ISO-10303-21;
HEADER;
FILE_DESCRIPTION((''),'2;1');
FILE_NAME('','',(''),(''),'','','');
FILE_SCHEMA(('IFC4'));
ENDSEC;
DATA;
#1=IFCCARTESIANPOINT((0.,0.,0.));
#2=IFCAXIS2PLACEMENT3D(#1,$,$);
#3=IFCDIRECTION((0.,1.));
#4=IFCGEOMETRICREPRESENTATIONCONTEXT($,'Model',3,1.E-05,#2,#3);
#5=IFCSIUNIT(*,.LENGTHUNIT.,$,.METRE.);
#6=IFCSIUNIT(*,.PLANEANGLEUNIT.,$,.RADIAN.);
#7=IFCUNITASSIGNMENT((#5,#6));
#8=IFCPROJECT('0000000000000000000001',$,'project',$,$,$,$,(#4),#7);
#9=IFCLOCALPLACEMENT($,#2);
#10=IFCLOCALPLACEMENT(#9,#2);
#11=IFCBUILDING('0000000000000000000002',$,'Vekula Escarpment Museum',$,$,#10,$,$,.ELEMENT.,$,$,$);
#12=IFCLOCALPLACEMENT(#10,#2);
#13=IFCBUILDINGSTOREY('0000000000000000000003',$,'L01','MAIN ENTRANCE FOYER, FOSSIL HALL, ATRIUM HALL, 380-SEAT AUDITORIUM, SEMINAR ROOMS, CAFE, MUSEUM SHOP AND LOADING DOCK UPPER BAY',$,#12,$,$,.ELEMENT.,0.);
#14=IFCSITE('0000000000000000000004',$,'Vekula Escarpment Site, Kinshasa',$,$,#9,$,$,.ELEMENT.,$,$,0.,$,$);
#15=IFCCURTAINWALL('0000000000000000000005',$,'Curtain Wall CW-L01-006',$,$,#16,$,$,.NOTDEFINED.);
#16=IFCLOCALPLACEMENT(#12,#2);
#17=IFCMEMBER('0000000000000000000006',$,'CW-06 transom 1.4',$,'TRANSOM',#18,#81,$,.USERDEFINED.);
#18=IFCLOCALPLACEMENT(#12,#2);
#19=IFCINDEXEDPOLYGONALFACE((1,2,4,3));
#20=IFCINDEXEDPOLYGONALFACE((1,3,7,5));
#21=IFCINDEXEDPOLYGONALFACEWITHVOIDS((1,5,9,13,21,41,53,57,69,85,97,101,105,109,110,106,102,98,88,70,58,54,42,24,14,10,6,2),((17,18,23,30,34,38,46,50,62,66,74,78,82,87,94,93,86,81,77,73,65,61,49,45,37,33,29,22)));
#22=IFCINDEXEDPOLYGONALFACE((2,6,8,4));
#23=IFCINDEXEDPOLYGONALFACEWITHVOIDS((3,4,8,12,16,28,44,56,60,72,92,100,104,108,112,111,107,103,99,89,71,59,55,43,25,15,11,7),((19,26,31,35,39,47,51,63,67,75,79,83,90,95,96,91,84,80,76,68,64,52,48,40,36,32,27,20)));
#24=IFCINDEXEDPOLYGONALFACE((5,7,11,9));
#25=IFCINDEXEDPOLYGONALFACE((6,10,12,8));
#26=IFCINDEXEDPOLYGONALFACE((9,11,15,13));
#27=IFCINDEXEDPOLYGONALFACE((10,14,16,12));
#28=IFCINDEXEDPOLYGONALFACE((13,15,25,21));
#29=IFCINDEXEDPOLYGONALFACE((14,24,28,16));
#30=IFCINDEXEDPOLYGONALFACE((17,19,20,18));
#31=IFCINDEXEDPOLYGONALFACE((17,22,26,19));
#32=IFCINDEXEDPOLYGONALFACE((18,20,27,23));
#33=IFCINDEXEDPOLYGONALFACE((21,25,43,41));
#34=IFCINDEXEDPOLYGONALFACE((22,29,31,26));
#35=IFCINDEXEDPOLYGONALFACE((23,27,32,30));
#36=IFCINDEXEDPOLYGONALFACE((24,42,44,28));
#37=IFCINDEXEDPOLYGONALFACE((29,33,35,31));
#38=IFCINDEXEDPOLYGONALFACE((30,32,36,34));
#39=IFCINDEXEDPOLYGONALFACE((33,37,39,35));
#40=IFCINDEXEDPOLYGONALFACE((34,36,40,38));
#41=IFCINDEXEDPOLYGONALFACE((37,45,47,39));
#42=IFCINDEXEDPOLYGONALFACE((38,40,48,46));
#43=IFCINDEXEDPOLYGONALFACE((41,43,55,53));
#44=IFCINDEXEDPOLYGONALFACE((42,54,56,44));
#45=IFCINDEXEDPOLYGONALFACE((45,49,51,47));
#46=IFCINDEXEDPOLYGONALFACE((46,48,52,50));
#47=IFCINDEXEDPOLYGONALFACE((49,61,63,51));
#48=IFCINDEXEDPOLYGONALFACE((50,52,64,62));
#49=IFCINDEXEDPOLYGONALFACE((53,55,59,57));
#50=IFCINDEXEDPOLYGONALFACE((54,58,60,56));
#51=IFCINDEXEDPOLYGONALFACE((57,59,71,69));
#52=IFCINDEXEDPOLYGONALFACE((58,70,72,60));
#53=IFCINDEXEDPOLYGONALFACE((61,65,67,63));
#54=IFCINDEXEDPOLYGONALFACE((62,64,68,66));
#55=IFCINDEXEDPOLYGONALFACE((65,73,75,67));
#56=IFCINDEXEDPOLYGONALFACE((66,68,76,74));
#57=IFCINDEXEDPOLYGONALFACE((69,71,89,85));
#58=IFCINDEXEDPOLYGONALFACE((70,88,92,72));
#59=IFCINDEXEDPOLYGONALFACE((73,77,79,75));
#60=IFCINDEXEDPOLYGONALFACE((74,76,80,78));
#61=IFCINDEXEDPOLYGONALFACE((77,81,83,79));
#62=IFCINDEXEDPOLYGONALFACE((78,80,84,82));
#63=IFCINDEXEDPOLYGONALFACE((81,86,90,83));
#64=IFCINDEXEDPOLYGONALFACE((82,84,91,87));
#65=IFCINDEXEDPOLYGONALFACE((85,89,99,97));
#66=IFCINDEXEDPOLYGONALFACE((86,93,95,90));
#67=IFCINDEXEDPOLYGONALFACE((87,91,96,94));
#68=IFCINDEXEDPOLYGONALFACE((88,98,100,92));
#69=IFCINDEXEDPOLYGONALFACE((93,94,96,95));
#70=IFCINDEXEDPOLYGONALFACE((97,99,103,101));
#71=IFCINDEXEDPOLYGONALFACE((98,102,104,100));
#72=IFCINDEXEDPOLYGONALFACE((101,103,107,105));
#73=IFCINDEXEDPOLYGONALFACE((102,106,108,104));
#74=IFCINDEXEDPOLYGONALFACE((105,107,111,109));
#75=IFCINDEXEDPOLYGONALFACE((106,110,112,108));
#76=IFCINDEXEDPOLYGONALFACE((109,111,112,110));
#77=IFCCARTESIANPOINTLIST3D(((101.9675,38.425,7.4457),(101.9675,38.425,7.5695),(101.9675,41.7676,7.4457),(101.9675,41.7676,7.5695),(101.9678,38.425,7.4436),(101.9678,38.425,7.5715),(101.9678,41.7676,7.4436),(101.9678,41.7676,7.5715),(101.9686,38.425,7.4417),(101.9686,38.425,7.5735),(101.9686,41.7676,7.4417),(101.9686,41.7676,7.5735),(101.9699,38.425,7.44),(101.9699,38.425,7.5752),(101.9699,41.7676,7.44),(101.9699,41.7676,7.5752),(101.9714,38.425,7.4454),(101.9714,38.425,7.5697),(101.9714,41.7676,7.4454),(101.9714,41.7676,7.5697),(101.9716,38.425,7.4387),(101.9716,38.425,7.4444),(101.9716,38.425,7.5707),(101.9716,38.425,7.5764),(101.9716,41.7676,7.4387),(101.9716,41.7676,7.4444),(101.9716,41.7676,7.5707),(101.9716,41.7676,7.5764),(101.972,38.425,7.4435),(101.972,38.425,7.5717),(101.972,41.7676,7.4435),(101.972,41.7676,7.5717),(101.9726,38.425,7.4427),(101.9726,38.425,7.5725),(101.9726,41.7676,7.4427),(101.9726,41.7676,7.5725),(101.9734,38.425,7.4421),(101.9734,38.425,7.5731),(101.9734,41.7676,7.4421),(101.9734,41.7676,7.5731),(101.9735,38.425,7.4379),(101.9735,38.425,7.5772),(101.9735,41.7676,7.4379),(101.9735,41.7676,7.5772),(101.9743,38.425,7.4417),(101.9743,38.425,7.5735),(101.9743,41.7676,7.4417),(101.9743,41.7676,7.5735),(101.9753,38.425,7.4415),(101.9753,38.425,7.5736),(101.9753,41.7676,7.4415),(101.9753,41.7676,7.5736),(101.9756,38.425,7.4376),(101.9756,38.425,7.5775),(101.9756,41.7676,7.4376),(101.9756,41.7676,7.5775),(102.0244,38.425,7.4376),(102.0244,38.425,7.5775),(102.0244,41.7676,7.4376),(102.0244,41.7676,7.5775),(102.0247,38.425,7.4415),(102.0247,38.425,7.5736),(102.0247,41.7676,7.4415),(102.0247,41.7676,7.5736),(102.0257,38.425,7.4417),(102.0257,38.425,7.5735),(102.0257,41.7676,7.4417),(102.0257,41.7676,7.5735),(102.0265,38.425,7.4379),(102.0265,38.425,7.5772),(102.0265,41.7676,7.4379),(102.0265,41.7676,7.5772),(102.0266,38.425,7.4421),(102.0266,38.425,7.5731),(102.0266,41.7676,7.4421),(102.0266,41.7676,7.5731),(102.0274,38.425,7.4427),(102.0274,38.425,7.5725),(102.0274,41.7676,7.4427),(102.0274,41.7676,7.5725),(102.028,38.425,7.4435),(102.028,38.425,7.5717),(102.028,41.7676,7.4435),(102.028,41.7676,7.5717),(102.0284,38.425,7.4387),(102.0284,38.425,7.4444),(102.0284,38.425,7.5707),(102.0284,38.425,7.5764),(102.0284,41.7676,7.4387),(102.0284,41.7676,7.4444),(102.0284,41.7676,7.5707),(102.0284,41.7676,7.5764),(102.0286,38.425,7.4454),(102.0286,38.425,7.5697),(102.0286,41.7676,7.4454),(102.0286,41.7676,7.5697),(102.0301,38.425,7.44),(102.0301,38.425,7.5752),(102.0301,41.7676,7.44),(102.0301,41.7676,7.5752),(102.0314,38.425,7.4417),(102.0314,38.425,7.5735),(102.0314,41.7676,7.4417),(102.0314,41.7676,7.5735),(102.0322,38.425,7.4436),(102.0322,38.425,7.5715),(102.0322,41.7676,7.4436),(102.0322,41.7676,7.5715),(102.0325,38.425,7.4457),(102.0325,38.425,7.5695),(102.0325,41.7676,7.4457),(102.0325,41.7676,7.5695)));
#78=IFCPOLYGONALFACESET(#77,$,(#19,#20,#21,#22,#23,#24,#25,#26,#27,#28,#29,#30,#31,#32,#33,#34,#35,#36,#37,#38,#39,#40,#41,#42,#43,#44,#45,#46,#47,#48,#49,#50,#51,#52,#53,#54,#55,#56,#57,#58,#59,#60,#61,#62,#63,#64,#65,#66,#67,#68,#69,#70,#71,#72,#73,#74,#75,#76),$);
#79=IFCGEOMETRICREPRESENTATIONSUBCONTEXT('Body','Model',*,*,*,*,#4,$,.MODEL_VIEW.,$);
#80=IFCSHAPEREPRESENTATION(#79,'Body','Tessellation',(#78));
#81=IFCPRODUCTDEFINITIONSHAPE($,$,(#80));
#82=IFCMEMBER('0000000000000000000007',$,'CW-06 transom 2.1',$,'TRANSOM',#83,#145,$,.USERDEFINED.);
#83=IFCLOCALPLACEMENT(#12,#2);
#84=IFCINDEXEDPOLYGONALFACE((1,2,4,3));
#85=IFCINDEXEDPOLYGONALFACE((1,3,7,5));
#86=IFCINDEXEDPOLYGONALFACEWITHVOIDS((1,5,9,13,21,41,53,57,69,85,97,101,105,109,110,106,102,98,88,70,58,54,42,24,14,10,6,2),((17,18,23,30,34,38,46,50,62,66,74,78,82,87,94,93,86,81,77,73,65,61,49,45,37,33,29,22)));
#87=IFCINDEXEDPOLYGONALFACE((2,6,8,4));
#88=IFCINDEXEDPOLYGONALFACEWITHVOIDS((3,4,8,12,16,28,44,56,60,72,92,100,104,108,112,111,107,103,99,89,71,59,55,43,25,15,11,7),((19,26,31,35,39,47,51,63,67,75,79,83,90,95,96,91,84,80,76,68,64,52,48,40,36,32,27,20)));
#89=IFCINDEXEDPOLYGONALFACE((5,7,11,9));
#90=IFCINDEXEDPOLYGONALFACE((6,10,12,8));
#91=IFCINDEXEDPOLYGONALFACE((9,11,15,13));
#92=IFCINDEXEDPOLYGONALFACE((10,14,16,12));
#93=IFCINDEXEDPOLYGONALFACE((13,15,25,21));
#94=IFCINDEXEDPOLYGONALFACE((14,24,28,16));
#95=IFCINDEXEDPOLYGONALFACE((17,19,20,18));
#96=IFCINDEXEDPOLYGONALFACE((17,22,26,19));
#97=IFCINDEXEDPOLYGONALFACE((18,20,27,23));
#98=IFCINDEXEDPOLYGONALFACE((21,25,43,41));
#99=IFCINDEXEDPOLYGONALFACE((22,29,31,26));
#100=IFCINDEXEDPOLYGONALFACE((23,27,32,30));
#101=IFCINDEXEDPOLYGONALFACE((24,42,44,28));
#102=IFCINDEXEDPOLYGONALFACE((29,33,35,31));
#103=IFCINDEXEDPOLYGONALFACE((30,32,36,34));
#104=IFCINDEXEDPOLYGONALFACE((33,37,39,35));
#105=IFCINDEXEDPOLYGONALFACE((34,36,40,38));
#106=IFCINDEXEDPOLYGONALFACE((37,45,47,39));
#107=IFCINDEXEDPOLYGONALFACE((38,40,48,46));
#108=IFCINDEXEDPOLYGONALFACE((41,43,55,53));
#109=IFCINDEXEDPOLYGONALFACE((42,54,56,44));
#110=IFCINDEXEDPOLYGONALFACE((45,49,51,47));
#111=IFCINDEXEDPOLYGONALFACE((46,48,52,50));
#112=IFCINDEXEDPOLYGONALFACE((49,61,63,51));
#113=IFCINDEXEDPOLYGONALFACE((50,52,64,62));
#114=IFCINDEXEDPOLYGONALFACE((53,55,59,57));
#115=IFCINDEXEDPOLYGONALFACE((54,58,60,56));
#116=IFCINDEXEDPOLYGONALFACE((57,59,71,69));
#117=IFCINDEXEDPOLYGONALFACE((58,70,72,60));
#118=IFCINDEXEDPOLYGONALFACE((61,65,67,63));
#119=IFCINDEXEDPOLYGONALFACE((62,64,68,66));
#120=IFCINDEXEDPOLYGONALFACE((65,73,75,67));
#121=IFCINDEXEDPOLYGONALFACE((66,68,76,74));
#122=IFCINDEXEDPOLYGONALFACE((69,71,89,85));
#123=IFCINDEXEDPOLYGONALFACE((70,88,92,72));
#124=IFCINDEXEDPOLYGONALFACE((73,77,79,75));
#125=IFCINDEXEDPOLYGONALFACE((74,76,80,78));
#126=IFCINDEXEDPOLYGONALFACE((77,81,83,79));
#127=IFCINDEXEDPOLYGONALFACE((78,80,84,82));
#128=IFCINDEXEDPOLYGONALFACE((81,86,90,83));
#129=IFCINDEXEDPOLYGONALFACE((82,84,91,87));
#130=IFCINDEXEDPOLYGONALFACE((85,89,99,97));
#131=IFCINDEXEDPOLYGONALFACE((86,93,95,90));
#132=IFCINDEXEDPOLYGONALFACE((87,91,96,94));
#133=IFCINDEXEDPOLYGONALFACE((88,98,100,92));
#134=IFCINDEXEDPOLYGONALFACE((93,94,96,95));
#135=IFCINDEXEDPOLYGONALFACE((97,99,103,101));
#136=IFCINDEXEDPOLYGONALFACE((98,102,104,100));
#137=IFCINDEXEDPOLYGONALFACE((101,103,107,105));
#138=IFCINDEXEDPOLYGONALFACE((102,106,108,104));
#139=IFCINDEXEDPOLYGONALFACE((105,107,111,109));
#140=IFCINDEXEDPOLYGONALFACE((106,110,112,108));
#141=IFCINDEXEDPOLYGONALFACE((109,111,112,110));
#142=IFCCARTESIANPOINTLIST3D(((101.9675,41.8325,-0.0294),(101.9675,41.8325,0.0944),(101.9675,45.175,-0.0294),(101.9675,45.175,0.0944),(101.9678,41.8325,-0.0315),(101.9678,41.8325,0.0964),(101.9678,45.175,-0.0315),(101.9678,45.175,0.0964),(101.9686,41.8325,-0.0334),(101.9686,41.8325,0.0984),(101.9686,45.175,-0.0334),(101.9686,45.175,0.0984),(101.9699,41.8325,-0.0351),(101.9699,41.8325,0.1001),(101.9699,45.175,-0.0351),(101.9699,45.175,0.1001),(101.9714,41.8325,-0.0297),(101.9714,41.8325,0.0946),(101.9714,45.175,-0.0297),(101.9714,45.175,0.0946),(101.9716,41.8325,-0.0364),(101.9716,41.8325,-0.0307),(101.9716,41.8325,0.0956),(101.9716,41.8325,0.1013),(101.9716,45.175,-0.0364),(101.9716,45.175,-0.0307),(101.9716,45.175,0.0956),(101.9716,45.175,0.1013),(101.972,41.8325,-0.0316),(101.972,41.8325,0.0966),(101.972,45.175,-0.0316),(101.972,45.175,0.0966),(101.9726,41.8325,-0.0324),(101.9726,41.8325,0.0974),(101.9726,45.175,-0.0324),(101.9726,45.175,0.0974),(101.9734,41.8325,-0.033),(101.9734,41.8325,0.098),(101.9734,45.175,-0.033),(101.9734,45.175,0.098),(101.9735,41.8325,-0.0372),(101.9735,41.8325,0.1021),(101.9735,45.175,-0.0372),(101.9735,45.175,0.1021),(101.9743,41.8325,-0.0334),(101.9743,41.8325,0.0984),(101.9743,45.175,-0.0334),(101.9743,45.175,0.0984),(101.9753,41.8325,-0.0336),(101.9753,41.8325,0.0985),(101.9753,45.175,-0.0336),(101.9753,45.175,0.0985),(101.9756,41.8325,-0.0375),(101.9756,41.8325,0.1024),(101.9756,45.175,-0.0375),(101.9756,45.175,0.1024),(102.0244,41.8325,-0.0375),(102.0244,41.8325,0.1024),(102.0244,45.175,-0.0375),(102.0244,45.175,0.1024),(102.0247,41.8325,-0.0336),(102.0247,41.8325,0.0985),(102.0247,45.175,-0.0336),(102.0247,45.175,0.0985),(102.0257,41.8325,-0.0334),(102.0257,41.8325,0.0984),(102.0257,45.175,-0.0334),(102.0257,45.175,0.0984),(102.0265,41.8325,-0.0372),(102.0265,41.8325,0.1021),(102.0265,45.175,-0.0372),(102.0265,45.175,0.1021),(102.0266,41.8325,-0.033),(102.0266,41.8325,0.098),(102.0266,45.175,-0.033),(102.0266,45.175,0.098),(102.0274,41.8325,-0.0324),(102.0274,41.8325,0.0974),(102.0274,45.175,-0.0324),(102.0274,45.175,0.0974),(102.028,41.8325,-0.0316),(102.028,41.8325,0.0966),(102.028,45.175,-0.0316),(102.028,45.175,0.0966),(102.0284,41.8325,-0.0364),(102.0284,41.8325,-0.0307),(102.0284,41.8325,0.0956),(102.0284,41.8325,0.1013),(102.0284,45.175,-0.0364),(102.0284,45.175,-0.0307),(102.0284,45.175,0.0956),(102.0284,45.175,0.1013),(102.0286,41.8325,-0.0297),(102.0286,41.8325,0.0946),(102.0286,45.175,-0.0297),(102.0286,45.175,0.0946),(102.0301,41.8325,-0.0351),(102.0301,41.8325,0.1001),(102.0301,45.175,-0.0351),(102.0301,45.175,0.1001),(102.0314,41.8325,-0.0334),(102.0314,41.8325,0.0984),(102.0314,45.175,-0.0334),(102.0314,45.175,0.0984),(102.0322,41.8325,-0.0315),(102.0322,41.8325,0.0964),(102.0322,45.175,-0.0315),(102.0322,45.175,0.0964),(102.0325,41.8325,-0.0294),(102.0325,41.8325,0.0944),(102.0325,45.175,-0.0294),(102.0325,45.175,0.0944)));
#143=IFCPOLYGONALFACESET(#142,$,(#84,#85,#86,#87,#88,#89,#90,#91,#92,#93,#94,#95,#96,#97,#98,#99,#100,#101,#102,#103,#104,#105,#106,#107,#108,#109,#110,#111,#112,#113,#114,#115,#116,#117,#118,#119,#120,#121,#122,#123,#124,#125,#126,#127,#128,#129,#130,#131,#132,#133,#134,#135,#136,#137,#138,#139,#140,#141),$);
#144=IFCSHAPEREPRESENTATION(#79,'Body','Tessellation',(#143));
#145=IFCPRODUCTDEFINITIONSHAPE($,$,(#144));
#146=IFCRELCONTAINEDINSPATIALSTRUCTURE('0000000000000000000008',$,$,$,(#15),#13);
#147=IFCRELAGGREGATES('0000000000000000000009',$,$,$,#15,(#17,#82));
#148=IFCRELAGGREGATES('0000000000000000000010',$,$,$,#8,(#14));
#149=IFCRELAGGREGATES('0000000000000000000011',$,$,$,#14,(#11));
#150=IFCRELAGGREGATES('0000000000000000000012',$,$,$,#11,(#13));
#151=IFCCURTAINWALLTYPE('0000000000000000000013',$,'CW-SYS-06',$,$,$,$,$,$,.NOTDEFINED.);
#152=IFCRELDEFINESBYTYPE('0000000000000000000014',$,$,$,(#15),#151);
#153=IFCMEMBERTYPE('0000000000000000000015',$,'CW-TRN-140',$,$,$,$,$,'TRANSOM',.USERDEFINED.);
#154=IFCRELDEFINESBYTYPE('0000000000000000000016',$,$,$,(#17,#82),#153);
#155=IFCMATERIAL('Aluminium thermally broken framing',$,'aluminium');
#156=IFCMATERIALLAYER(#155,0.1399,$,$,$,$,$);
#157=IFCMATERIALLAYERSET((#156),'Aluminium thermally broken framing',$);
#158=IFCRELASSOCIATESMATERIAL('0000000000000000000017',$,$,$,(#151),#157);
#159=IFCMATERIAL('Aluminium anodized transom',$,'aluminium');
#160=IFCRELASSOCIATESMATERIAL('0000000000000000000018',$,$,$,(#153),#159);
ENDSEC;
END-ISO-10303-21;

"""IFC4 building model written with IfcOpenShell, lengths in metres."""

from ifc_helpers import new_model, si_unit, direction, frame, origin, origin_2d, place, context, subcontext, project, spatial, hollow_rectangle, extrude, material, layer, layer_set, material_profile, profile_set, type_object, element, aggregate, save


model = new_model("IFC4")

# Units and contexts
model_context = context("Model", 3, precision=1e-05, world=origin(), true_north=direction((0.0, 1.0)))
body_context = subcontext(model_context, "Body", "Model", "MODEL_VIEW")
ifc_project = project(units=[si_unit("LENGTHUNIT", "METRE"), si_unit("PLANEANGLEUNIT", "RADIAN")], contexts=[model_context])

# Site, building, storey
site_placement = place(None, origin())
site = spatial("IfcSite", under=ifc_project, at=site_placement, Name="Vekula Escarpment Site, Kinshasa", CompositionType="ELEMENT", RefElevation=0.0)
building_placement = place(site_placement, origin())
building = spatial("IfcBuilding", under=site, at=building_placement, Name="Vekula Escarpment Museum", CompositionType="ELEMENT")
storey_placement = place(building_placement, origin())
storey = spatial("IfcBuildingStorey", under=building, at=storey_placement, Name="L01", Description="MAIN ENTRANCE FOYER, FOSSIL HALL, ATRIUM HALL, 380-SEAT AUDITORIUM, SEMINAR ROOMS, CAFE, MUSEUM SHOP AND LOADING DOCK UPPER BAY", CompositionType="ELEMENT", Elevation=0.0)

# Curtain wall, members
ifc_material_1 = material(Name="Aluminium thermally broken framing", Category="aluminium")
ifc_layer_1 = layer(ifc_material_1, 0.1399)
ifc_layer_set_1 = layer_set([ifc_layer_1], Name="Aluminium thermally broken framing")
curtain_wall_type = type_object("IfcCurtainWallType", Name="CW-SYS-06", PredefinedType="NOTDEFINED", material=ifc_layer_set_1)
curtain_wall_placement = place(storey_placement, origin())
curtain_wall = element("IfcCurtainWall", 1, at=curtain_wall_placement, inside=storey, type_object=curtain_wall_type, Name="Curtain Wall CW-L01-006", PredefinedType="NOTDEFINED")
ifc_material_2 = material(Name="Aluminium anodized transom", Category="aluminium")
ifc_material_profile_1 = material_profile(ifc_material_2, hollow_rectangle(XDim=0.0649, YDim=0.1399, WallThickness=0.0039, InnerFilletRadius=0.0039, OuterFilletRadius=0.0081, at=origin_2d()), Name="ALU 140x65x4")
ifc_profile_set_1 = profile_set([ifc_material_profile_1], Name="Aluminium anodized transom")
member_type_1 = type_object("IfcMemberType", Name="CW-TRN-140", ElementType="TRANSOM", PredefinedType="USERDEFINED", material=ifc_profile_set_1)
member_1_placement = place(storey_placement, frame((102.0, 38.425, 7.5076), z_axis=(0.0, 1.0, 0.0), x_axis=(-1.0, 0.0, 0.0)))
member_1 = element("IfcMember", 2, at=member_1_placement, type_object=member_type_1, Name="CW-06 transom 1.4", ObjectType="TRANSOM", PredefinedType="USERDEFINED", context=body_context, shape_type="SweptSolid", body=[
    extrude(hollow_rectangle(XDim=0.0649, YDim=0.1399, WallThickness=0.0039, InnerFilletRadius=0.0039, OuterFilletRadius=0.0081, at=origin_2d()), origin(), (0.0, 0.0, 1.0), 3.3425),
])
member_2_placement = place(storey_placement, frame((102.0, 41.8325, 0.0325), z_axis=(0.0, 1.0, 0.0), x_axis=(-1.0, 0.0, 0.0)))
member_2 = element("IfcMember", 3, at=member_2_placement, type_object=member_type_1, Name="CW-06 transom 2.1", ObjectType="TRANSOM", PredefinedType="USERDEFINED", context=body_context, shape_type="SweptSolid", body=[
    extrude(hollow_rectangle(XDim=0.0649, YDim=0.1399, WallThickness=0.0039, InnerFilletRadius=0.0039, OuterFilletRadius=0.0081, at=origin_2d()), origin(), (0.0, 0.0, 1.0), 3.3425),
])

aggregate(curtain_wall, [member_1, member_2])

save(model, "model.ifc")
